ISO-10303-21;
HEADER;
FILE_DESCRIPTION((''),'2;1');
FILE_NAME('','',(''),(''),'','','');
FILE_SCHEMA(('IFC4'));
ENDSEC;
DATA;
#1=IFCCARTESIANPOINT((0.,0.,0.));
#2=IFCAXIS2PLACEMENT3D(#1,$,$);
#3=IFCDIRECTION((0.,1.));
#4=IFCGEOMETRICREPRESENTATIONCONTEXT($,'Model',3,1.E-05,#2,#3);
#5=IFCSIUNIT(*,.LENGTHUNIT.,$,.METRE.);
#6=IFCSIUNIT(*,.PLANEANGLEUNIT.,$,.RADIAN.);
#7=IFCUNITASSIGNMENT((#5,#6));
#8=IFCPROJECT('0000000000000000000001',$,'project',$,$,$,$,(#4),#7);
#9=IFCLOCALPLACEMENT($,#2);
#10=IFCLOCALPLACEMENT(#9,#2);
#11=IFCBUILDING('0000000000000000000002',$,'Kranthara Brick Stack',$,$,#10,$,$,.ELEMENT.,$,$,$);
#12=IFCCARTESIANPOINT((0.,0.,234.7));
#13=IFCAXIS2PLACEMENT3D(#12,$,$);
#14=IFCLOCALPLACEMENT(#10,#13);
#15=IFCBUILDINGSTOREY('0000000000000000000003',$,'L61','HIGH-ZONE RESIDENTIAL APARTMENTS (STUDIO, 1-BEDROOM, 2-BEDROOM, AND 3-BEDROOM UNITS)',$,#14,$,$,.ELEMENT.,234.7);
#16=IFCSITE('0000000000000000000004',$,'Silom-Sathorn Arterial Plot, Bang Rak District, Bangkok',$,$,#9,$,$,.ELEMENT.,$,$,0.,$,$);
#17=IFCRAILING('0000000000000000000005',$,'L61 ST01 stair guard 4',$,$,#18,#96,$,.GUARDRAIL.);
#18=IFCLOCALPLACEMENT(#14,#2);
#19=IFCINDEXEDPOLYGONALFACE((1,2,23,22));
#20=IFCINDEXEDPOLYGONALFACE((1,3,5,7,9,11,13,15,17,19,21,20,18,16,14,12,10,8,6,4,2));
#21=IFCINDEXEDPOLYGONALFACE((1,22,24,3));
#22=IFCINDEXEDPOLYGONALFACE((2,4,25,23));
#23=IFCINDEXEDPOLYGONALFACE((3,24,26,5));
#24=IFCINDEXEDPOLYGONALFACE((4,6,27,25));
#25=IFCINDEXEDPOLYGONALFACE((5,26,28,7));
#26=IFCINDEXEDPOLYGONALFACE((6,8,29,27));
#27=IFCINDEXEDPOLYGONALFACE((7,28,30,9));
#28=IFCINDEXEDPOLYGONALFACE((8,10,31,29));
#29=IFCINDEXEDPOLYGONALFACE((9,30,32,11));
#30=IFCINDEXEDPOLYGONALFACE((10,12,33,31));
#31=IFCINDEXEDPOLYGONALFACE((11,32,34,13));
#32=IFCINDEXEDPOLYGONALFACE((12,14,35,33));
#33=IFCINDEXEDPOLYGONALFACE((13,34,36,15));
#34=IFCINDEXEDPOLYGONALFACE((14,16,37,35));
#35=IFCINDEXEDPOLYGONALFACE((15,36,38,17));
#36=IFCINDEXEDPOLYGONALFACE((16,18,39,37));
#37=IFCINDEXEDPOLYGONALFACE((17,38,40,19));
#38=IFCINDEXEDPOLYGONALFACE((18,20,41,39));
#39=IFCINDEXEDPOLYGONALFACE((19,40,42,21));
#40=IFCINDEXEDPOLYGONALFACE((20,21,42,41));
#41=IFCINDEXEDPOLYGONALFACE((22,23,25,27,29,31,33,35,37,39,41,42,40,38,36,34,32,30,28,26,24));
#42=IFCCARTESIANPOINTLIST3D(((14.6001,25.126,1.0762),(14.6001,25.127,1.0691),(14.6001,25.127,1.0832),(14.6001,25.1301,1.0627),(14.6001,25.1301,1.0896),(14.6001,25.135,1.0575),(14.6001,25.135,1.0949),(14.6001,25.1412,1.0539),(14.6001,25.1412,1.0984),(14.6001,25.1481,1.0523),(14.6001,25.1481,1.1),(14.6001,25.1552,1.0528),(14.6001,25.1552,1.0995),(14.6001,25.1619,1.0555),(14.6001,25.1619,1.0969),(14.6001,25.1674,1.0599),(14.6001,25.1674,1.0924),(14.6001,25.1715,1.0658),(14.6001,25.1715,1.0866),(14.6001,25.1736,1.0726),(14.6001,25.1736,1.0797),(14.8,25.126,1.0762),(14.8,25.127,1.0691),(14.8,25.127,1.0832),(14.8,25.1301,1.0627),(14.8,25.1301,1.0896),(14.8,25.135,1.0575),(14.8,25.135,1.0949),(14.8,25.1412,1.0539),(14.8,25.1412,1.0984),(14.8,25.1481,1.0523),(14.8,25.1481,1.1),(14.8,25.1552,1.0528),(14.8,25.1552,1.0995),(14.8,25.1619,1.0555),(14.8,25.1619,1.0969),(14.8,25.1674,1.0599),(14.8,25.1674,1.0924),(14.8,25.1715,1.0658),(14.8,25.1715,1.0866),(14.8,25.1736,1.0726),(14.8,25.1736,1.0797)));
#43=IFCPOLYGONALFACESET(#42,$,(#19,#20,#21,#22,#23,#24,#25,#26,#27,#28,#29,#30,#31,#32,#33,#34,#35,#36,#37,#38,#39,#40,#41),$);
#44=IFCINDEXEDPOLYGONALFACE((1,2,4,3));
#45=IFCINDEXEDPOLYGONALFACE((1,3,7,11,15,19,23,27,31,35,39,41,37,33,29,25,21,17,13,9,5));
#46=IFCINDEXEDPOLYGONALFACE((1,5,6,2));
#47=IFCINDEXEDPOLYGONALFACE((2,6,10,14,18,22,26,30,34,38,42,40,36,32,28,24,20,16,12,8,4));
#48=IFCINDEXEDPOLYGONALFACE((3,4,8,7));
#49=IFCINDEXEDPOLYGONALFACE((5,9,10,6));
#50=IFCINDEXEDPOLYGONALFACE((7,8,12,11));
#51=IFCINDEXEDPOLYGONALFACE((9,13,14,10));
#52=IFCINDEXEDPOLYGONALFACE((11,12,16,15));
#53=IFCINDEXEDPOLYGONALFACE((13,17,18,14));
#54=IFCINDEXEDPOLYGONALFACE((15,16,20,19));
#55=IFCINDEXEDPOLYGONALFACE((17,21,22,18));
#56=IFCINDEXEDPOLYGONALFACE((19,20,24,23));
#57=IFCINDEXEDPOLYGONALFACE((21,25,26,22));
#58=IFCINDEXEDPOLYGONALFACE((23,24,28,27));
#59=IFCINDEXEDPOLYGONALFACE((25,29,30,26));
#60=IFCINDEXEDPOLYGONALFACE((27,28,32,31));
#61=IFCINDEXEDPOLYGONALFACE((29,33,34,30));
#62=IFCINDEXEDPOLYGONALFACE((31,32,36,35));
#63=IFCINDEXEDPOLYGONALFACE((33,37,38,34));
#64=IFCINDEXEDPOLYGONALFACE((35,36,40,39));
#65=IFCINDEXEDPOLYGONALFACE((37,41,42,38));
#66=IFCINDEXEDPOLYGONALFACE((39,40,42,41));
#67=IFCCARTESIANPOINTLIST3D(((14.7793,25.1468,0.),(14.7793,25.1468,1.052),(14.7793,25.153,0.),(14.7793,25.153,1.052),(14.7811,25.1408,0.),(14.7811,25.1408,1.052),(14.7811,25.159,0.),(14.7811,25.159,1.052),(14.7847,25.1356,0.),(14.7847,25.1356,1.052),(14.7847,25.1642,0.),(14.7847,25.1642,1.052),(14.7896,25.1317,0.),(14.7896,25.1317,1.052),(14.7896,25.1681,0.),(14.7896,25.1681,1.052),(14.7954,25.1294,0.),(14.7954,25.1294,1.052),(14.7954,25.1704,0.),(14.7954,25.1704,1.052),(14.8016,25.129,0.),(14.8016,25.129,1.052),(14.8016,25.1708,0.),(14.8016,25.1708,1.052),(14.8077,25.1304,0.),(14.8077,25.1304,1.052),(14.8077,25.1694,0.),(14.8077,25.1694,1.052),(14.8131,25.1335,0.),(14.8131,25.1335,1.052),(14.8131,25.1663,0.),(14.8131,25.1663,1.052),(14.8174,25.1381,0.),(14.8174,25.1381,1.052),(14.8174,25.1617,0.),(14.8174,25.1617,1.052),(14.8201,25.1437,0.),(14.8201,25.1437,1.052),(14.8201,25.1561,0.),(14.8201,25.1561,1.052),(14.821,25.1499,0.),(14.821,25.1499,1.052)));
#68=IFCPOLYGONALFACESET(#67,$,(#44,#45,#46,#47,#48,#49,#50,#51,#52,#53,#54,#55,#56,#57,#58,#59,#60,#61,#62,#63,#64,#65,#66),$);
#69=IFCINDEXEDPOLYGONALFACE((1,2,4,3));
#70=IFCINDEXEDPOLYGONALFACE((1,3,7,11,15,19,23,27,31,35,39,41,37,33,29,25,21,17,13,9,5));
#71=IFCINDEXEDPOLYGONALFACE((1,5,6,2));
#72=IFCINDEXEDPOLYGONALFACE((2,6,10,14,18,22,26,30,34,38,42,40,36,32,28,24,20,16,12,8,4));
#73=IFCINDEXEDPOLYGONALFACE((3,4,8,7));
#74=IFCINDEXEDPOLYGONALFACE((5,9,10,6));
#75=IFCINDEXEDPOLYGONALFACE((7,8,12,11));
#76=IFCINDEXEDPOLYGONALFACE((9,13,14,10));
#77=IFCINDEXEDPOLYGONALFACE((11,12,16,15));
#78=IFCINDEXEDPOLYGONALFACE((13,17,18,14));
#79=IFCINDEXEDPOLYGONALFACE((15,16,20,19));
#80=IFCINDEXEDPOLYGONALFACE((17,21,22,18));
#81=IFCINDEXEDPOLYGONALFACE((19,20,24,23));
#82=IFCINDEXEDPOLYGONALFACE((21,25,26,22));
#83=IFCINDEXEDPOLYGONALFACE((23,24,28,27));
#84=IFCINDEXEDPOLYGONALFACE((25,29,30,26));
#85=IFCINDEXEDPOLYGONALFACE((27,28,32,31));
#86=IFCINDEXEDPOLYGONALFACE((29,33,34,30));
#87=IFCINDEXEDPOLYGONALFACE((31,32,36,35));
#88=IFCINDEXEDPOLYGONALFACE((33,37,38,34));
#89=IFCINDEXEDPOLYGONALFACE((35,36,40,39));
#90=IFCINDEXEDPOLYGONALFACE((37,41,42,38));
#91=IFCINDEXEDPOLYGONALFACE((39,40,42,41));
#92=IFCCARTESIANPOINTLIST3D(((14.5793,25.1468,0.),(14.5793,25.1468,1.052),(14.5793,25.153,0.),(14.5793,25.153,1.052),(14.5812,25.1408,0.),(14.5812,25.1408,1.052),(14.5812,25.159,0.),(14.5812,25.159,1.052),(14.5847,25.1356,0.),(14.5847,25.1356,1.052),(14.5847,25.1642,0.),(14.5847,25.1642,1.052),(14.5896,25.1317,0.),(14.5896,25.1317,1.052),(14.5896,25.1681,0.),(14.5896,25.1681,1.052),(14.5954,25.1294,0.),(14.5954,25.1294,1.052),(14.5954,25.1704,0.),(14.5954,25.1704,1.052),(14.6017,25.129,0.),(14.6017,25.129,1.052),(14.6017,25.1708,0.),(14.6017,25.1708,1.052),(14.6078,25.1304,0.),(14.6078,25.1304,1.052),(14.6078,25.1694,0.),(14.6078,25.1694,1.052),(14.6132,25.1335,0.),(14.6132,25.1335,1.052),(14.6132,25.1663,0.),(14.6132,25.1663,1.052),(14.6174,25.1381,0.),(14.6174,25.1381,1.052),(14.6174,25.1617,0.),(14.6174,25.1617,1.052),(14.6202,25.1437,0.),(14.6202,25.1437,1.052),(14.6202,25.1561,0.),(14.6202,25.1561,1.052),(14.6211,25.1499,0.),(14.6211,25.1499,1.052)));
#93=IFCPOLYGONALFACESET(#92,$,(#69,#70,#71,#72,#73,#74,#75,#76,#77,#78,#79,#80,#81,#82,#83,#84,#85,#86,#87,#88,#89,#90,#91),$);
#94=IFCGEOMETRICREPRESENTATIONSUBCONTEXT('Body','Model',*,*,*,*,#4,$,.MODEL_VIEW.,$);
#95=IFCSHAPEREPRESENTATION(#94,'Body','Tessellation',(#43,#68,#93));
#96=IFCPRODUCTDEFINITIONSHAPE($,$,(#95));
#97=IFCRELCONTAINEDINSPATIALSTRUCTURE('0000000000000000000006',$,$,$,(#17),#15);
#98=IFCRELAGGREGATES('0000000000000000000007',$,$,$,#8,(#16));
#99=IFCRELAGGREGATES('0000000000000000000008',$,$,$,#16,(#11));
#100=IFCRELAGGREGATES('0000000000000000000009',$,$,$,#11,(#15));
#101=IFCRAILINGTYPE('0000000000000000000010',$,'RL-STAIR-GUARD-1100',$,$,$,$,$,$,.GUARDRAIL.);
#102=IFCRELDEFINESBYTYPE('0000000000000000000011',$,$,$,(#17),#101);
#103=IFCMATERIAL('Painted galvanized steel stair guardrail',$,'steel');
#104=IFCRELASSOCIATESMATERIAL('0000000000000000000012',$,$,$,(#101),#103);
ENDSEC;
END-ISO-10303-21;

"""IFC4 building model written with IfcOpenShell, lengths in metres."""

from ifc_helpers import new_model, si_unit, direction, frame, origin, origin_2d, place, context, subcontext, project, spatial, circle, extrude, material, type_object, element, save


model = new_model("IFC4")

# Units and contexts
model_context = context("Model", 3, precision=1e-05, world=origin(), true_north=direction((0.0, 1.0)))
body_context = subcontext(model_context, "Body", "Model", "MODEL_VIEW")
ifc_project = project(units=[si_unit("LENGTHUNIT", "METRE"), si_unit("PLANEANGLEUNIT", "RADIAN")], contexts=[model_context])

# Site, building, storey
site_placement = place(None, origin())
site = spatial("IfcSite", under=ifc_project, at=site_placement, Name="Silom-Sathorn Arterial Plot, Bang Rak District, Bangkok", CompositionType="ELEMENT", RefElevation=0.0)
building_placement = place(site_placement, origin())
building = spatial("IfcBuilding", under=site, at=building_placement, Name="Kranthara Brick Stack", CompositionType="ELEMENT")
storey_placement = place(building_placement, frame((0.0, 0.0, 234.7)))
storey = spatial("IfcBuildingStorey", under=building, at=storey_placement, Name="L61", Description="HIGH-ZONE RESIDENTIAL APARTMENTS (STUDIO, 1-BEDROOM, 2-BEDROOM, AND 3-BEDROOM UNITS)", CompositionType="ELEMENT", Elevation=234.7)

# Railing
ifc_material_1 = material(Name="Painted galvanized steel stair guardrail", Category="steel")
railing_type_1 = type_object("IfcRailingType", Name="RL-STAIR-GUARD-1100", PredefinedType="GUARDRAIL", material=ifc_material_1)
railing_1_placement = place(storey_placement, frame((14.8, 25.1499, 0.0)))
element("IfcRailing", 1, at=railing_1_placement, inside=storey, type_object=railing_type_1, Name="L61 ST01 stair guard 4", PredefinedType="GUARDRAIL", context=body_context, shape_type="SweptSolid", body=[
    extrude(circle(Radius=0.0239, at=origin_2d()), frame((0.0, 0.0, 1.0762), z_axis=(-1.0, 0.0, 0.0), x_axis=(0.0, -1.0, 0.0)), (0.0, 0.0, 1.0), 0.2),
    extrude(circle(Radius=0.021, at=origin_2d()), origin(), (0.0, 0.0, 1.0), 1.052),
    extrude(circle(Radius=0.021, at=origin_2d()), frame((-0.2, 0.0, 0.0)), (0.0, 0.0, 1.0), 1.052),
])

save(model, "model.ifc")
